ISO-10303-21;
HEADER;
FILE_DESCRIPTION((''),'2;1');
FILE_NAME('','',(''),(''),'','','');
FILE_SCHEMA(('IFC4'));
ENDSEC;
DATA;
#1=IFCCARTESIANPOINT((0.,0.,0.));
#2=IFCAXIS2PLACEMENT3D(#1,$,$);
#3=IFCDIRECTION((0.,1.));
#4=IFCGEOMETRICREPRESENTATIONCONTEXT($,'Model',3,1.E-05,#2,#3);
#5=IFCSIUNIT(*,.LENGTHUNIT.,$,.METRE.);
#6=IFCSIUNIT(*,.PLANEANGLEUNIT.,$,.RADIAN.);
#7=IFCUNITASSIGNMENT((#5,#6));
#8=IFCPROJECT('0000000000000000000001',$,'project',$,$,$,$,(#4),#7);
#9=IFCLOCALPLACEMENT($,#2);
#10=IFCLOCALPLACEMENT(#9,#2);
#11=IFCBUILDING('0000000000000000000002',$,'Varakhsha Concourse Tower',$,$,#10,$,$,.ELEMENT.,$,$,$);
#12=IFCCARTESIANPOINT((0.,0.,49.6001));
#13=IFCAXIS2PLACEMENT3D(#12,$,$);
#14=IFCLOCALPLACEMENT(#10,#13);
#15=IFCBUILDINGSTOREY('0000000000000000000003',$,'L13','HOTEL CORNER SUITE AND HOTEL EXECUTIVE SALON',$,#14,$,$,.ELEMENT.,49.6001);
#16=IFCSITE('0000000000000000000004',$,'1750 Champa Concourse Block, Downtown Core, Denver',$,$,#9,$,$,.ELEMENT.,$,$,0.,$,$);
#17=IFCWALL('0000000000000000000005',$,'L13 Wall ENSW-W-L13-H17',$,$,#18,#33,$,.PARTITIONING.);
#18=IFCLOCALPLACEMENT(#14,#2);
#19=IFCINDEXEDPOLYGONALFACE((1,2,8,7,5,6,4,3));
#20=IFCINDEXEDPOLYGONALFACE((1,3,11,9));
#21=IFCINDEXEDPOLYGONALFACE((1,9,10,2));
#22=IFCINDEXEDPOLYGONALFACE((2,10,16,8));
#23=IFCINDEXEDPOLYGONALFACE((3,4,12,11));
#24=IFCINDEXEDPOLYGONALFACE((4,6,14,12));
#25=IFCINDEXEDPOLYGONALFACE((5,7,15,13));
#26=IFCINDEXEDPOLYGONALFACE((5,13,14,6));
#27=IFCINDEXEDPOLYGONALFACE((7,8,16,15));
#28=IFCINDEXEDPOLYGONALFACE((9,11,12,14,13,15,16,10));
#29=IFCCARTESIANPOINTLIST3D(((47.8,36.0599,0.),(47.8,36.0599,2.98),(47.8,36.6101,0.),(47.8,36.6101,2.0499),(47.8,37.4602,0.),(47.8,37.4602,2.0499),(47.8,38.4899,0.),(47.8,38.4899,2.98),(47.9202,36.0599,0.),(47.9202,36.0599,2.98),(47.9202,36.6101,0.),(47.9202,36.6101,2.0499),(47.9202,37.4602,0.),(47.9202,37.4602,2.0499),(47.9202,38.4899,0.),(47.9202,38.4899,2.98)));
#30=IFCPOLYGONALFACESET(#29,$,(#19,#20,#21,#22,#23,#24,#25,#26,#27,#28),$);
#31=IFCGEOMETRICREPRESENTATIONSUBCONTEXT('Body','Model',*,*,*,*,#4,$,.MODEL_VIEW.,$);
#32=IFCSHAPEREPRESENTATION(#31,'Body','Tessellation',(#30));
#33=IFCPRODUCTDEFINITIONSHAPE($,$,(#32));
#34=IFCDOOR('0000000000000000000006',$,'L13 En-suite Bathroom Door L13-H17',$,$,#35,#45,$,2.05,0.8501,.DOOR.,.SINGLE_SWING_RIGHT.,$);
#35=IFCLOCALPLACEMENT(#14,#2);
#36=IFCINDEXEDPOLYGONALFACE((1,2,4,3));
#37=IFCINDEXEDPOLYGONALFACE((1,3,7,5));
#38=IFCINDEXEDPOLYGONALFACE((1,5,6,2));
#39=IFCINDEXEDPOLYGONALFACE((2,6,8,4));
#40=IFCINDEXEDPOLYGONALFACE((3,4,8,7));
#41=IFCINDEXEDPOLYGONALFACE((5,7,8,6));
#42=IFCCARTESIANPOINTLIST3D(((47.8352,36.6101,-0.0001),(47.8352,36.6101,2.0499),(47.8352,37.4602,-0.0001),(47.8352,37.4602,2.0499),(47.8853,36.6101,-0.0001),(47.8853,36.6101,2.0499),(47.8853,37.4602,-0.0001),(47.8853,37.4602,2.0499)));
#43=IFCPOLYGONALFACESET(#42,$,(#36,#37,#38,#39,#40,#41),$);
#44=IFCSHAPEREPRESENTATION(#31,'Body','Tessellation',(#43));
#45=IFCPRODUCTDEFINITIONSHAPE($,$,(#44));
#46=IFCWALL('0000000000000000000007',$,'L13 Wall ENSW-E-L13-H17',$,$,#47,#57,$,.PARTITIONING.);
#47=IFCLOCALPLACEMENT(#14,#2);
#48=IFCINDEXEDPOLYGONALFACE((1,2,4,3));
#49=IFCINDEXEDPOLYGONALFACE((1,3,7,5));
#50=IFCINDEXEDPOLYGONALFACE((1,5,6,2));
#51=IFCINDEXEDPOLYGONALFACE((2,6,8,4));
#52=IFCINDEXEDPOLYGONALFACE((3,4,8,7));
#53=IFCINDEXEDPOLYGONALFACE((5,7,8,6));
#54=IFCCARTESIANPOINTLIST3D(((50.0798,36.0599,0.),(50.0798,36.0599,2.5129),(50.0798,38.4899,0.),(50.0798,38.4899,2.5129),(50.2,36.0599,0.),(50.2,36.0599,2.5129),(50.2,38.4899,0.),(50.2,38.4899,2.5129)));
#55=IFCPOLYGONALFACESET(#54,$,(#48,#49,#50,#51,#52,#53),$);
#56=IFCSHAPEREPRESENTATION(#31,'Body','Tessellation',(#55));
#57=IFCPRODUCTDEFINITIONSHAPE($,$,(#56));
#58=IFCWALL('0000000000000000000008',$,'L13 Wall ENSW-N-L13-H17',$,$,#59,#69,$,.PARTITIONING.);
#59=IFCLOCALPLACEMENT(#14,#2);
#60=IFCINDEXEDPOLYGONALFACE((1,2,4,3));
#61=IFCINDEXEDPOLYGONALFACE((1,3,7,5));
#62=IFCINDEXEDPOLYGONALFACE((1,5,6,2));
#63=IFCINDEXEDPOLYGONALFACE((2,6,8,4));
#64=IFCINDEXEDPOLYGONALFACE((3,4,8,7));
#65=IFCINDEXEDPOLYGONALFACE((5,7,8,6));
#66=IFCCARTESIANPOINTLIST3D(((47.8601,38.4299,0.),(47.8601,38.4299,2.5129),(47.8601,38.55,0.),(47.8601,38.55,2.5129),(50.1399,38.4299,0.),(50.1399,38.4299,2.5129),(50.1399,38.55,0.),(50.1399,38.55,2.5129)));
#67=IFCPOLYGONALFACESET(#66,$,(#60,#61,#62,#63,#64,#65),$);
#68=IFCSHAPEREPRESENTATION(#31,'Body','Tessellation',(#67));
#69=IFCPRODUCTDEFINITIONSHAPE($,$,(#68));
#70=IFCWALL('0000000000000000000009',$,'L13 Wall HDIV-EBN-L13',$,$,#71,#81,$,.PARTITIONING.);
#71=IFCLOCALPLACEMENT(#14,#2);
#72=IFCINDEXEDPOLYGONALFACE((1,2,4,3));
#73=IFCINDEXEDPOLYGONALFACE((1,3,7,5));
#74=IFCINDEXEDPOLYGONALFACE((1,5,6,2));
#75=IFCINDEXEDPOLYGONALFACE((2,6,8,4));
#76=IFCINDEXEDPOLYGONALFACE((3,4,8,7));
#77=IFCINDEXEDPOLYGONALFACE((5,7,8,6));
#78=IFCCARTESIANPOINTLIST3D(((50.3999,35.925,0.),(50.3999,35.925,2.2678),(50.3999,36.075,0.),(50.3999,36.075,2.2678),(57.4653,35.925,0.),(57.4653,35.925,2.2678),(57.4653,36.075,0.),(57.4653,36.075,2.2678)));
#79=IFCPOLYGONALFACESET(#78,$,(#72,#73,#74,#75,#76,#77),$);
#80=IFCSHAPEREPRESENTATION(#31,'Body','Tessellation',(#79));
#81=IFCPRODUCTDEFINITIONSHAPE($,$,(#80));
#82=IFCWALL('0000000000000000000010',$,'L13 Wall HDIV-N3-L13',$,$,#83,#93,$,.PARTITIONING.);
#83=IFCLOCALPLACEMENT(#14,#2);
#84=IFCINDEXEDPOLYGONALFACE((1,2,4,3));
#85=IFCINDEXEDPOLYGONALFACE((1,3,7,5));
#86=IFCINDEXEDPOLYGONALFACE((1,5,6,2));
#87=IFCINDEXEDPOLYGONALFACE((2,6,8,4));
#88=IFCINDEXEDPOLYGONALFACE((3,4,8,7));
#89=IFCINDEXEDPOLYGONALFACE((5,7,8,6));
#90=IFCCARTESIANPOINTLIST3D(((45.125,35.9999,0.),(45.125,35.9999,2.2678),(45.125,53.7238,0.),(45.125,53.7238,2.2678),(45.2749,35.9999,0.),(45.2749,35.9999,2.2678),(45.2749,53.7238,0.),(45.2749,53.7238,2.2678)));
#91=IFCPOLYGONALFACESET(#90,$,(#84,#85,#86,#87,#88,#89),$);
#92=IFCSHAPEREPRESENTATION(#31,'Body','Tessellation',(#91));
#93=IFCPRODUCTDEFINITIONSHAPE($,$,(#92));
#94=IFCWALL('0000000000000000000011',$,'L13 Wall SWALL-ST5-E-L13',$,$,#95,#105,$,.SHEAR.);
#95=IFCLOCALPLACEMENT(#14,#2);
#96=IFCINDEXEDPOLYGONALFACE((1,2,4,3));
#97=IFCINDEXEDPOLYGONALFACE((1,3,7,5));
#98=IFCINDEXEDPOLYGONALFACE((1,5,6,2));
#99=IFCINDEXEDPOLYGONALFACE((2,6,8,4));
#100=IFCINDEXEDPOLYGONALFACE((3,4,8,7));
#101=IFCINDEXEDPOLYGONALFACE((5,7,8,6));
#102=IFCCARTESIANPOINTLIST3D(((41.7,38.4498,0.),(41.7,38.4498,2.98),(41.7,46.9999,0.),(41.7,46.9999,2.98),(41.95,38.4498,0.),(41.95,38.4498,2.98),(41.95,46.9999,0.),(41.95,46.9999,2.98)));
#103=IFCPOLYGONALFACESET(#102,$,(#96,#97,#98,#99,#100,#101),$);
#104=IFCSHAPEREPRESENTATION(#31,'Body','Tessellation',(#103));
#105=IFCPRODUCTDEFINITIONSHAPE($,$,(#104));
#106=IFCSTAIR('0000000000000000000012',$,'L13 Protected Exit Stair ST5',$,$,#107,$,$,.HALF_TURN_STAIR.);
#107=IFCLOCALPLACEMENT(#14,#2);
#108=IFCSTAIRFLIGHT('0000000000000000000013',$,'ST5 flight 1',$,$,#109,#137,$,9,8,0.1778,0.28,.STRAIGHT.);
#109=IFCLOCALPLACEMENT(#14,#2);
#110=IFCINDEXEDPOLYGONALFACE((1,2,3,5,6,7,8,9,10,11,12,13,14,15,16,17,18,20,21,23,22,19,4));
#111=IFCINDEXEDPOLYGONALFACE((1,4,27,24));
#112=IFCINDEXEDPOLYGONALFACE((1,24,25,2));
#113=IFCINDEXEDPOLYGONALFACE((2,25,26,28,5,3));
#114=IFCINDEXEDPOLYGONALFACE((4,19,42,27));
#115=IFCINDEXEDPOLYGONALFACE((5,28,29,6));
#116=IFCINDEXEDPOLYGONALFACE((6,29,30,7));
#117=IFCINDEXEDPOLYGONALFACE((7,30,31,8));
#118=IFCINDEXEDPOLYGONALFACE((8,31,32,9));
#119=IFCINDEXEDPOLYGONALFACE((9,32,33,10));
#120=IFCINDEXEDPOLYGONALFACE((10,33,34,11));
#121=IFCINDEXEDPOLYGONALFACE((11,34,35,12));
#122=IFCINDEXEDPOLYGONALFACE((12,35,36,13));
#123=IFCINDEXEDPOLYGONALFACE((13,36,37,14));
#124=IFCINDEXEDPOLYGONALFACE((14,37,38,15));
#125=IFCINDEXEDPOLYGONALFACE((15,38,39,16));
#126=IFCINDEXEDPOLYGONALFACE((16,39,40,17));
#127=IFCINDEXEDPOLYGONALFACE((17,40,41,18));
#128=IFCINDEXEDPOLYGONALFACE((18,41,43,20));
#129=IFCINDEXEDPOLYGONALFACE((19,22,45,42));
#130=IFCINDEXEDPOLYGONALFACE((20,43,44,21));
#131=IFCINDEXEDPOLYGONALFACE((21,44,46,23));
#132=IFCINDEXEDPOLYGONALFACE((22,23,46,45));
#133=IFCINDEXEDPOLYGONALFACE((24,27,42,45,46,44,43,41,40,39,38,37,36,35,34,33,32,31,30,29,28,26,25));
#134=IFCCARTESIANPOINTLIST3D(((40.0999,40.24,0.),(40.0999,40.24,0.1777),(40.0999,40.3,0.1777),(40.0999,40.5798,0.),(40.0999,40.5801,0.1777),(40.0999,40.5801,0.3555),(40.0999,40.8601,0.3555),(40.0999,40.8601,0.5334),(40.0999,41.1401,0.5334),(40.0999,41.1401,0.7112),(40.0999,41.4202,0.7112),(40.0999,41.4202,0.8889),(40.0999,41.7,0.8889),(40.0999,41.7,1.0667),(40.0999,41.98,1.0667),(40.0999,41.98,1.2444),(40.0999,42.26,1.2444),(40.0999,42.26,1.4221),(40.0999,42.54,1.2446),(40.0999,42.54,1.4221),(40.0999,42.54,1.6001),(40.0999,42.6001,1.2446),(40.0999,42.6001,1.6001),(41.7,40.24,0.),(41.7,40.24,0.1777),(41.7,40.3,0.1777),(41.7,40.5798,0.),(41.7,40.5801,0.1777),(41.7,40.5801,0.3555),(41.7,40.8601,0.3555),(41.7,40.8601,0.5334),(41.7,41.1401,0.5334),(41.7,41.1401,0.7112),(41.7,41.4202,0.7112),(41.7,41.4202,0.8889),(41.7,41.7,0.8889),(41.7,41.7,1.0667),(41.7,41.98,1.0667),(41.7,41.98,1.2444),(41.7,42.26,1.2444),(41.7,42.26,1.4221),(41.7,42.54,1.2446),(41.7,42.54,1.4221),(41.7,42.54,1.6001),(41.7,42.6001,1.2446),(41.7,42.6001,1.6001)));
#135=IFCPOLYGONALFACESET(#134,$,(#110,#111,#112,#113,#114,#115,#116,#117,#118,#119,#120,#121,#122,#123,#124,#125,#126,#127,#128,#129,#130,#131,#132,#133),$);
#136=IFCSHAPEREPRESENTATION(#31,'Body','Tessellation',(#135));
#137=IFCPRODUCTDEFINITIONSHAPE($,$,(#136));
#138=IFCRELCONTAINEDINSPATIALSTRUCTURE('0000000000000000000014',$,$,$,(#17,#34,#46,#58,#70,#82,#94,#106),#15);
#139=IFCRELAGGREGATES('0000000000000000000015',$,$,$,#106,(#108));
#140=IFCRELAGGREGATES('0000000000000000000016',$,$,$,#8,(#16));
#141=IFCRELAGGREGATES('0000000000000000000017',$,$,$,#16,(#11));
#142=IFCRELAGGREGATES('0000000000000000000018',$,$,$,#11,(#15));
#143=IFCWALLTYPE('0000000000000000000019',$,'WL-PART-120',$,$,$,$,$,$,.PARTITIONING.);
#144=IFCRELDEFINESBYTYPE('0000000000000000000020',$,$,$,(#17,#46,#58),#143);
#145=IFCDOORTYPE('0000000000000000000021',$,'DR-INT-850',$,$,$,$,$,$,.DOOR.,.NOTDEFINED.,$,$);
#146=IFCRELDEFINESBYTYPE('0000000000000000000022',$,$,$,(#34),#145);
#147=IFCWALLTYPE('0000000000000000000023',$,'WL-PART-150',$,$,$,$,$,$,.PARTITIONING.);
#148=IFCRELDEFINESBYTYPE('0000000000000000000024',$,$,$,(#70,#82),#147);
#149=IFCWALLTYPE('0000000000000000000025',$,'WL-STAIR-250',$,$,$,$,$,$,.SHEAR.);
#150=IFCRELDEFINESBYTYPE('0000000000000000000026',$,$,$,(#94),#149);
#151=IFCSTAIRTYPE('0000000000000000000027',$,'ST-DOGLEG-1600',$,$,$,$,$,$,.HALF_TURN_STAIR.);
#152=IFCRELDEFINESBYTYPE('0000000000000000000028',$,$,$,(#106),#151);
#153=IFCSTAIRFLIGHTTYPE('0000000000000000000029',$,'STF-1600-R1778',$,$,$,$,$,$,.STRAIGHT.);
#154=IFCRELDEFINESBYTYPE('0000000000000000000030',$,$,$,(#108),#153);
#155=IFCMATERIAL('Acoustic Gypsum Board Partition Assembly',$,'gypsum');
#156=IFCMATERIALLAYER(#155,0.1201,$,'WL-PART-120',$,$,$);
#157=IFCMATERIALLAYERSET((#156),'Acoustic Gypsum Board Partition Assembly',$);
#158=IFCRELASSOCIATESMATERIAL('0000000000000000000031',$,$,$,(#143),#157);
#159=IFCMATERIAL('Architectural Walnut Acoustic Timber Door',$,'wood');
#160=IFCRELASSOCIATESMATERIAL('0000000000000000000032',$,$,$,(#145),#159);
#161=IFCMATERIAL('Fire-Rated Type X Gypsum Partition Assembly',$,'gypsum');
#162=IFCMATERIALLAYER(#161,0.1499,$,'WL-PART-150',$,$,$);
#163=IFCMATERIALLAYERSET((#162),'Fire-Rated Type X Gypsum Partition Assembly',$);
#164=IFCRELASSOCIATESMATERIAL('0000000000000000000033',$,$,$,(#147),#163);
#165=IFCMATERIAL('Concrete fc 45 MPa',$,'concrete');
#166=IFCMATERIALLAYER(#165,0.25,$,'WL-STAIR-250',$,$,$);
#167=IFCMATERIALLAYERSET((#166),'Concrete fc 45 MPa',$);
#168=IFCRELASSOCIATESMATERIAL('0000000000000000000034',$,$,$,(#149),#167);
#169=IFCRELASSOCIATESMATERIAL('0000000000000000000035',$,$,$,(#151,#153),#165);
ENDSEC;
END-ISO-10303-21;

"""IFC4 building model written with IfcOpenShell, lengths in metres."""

from ifc_helpers import new_model, si_unit, direction, frame, frame_2d, origin, place, context, subcontext, project, spatial, polyline, rectangle, outline, extrude, material, layer, layer_set, type_object, element, fill, aggregate, save


model = new_model("IFC4")

# Units and contexts
model_context = context("Model", 3, precision=1e-05, world=origin(), true_north=direction((0.0, 1.0)))
body_context = subcontext(model_context, "Body", "Model", "MODEL_VIEW")
ifc_project = project(units=[si_unit("LENGTHUNIT", "METRE"), si_unit("PLANEANGLEUNIT", "RADIAN")], contexts=[model_context])

# Site, building, storey
site_placement = place(None, origin())
site = spatial("IfcSite", under=ifc_project, at=site_placement, Name="1750 Champa Concourse Block, Downtown Core, Denver", CompositionType="ELEMENT", RefElevation=0.0)
building_placement = place(site_placement, origin())
building = spatial("IfcBuilding", under=site, at=building_placement, Name="Varakhsha Concourse Tower", CompositionType="ELEMENT")
storey_placement = place(building_placement, frame((0.0, 0.0, 49.6001)))
storey = spatial("IfcBuildingStorey", under=building, at=storey_placement, Name="L13", Description="HOTEL CORNER SUITE AND HOTEL EXECUTIVE SALON", CompositionType="ELEMENT", Elevation=49.6001)

# Shared definitions
ifc_material_1 = material(Name="Acoustic Gypsum Board Partition Assembly", Category="gypsum")
ifc_layer_1 = layer(ifc_material_1, 0.1201, Name="WL-PART-120")
ifc_layer_set_1 = layer_set([ifc_layer_1], Name="Acoustic Gypsum Board Partition Assembly")
wall_type_1 = type_object("IfcWallType", Name="WL-PART-120", PredefinedType="PARTITIONING", material=ifc_layer_set_1)
ifc_material_2 = material(Name="Architectural Walnut Acoustic Timber Door", Category="wood")
door_type = type_object("IfcDoorType", Name="DR-INT-850", OperationType="NOTDEFINED", PredefinedType="DOOR", material=ifc_material_2)

# Wall, opening, door
wall_1_placement = place(storey_placement, frame((47.8601, 36.0601, 0.0), z_axis=(0.0, 0.0, 1.0), x_axis=(0.0, 1.0, 0.0)))
wall_1 = element("IfcWall", 1, at=wall_1_placement, inside=storey, type_object=wall_type_1, Name="L13 Wall ENSW-W-L13-H17", PredefinedType="PARTITIONING", context=body_context, shape_type="SweptSolid", body=[
    extrude(rectangle(XDim=2.4299, YDim=0.1201, at=frame_2d((1.2148, 0.0))), origin(), (0.0, 0.0, 1.0), 2.98),
])
opening_1_placement = place(wall_1_placement, frame((0.55, 0.0, 0.0)))
opening_1 = element("IfcOpeningElement", 2, at=opening_1_placement, cuts=wall_1, PredefinedType="OPENING", context=body_context, shape_type="SweptSolid", body=[
    extrude(rectangle(XDim=0.8501, YDim=2.05, at=frame_2d((0.425, 1.0249))), frame((0.0, 0.0701, 0.0), z_axis=(0.0, -1.0, 0.0), x_axis=(1.0, 0.0, 0.0)), (0.0, 0.0, 1.0), 0.1401),
])
door_1_placement = place(opening_1_placement, origin())
door_1 = element("IfcDoor", 3, at=door_1_placement, inside=storey, type_object=door_type, Name="L13 En-suite Bathroom Door L13-H17", OperationType="SINGLE_SWING_RIGHT", OverallHeight=2.05, OverallWidth=0.8501, PredefinedType="DOOR", context=body_context, shape_type="SweptSolid", body=[
    extrude(rectangle(XDim=0.8501, YDim=2.05, at=frame_2d((0.425, 1.0249))), frame((0.0, 0.0249, 0.0), z_axis=(0.0, -1.0, 0.0), x_axis=(1.0, 0.0, 0.0)), (0.0, 0.0, 1.0), 0.05),
])
fill(opening_1, door_1)

# Walls
wall_2_placement = place(storey_placement, frame((50.1399, 36.0601, 0.0), z_axis=(0.0, 0.0, 1.0), x_axis=(0.0, 1.0, 0.0)))
element("IfcWall", 4, at=wall_2_placement, inside=storey, type_object=wall_type_1, Name="L13 Wall ENSW-E-L13-H17", PredefinedType="PARTITIONING", context=body_context, shape_type="SweptSolid", body=[
    extrude(rectangle(XDim=2.4299, YDim=0.1201, at=frame_2d((1.2148, 0.0))), origin(), (0.0, 0.0, 1.0), 2.5129),
])
wall_3_placement = place(storey_placement, frame((47.8601, 38.49, 0.0), z_axis=(0.0, 0.0, 1.0), x_axis=(1.0, 0.0, 0.0)))
element("IfcWall", 5, at=wall_3_placement, inside=storey, type_object=wall_type_1, Name="L13 Wall ENSW-N-L13-H17", PredefinedType="PARTITIONING", context=body_context, shape_type="SweptSolid", body=[
    extrude(rectangle(XDim=2.2798, YDim=0.1201, at=frame_2d((1.1399, 0.0))), origin(), (0.0, 0.0, 1.0), 2.5129),
])
ifc_material_3 = material(Name="Fire-Rated Type X Gypsum Partition Assembly", Category="gypsum")
ifc_layer_2 = layer(ifc_material_3, 0.1499, Name="WL-PART-150")
ifc_layer_set_2 = layer_set([ifc_layer_2], Name="Fire-Rated Type X Gypsum Partition Assembly")
wall_type_2 = type_object("IfcWallType", Name="WL-PART-150", PredefinedType="PARTITIONING", material=ifc_layer_set_2)
wall_4_placement = place(storey_placement, frame((50.3999, 36.0, 0.0), z_axis=(0.0, 0.0, 1.0), x_axis=(1.0, 0.0, 0.0)))
element("IfcWall", 6, at=wall_4_placement, inside=storey, type_object=wall_type_2, Name="L13 Wall HDIV-EBN-L13", PredefinedType="PARTITIONING", context=body_context, shape_type="SweptSolid", body=[
    extrude(rectangle(XDim=7.0654, YDim=0.1499, at=frame_2d((3.5327, 0.0))), origin(), (0.0, 0.0, 1.0), 2.2678),
])
wall_5_placement = place(storey_placement, frame((45.2, 36.0, 0.0), z_axis=(0.0, 0.0, 1.0), x_axis=(0.0, 1.0, 0.0)))
element("IfcWall", 7, at=wall_5_placement, inside=storey, type_object=wall_type_2, Name="L13 Wall HDIV-N3-L13", PredefinedType="PARTITIONING", context=body_context, shape_type="SweptSolid", body=[
    extrude(rectangle(XDim=17.7239, YDim=0.1499, at=frame_2d((8.8618, 0.0))), origin(), (0.0, 0.0, 1.0), 2.2678),
])
ifc_material_4 = material(Name="Concrete fc 45 MPa", Category="concrete")
ifc_layer_3 = layer(ifc_material_4, 0.25, Name="WL-STAIR-250")
ifc_layer_set_3 = layer_set([ifc_layer_3], Name="Concrete fc 45 MPa")
wall_type_3 = type_object("IfcWallType", Name="WL-STAIR-250", PredefinedType="SHEAR", material=ifc_layer_set_3)
wall_6_placement = place(storey_placement, frame((41.825, 38.45, 0.0), z_axis=(0.0, 0.0, 1.0), x_axis=(0.0, 1.0, 0.0)))
element("IfcWall", 8, at=wall_6_placement, inside=storey, type_object=wall_type_3, Name="L13 Wall SWALL-ST5-E-L13", PredefinedType="SHEAR", context=body_context, shape_type="SweptSolid", body=[
    extrude(rectangle(XDim=8.55, YDim=0.25, at=frame_2d((4.2749, 0.0))), origin(), (0.0, 0.0, 1.0), 2.98),
])

# Stair, stair flight
stair_type = type_object("IfcStairType", Name="ST-DOGLEG-1600", PredefinedType="HALF_TURN_STAIR", material=ifc_material_4)
stair_placement = place(storey_placement, origin())
stair = element("IfcStair", 9, at=stair_placement, inside=storey, type_object=stair_type, Name="L13 Protected Exit Stair ST5", PredefinedType="HALF_TURN_STAIR")
stair_flight_type = type_object("IfcStairFlightType", Name="STF-1600-R1778", PredefinedType="STRAIGHT", material=ifc_material_4)
stair_flight_placement = place(storey_placement, frame((40.8999, 40.3, 0.0), z_axis=(0.0, 0.0, 1.0), x_axis=(0.0, 1.0, 0.0)))
stair_flight = element("IfcStairFlight", 10, at=stair_flight_placement, type_object=stair_flight_type, Name="ST5 flight 1", NumberOfRisers=9, NumberOfTreads=8, PredefinedType="STRAIGHT", RiserHeight=0.1778, TreadLength=0.28, context=body_context, shape_type="SweptSolid", body=[
    extrude(outline(polyline([(-0.0601, 0.0), (-0.0601, 0.1777), (0.0, 0.1777), (0.28, 0.1777), (0.28, 0.3555), (0.5601, 0.3555), (0.5601, 0.5334), (0.8401, 0.5334), (0.8401, 0.7112), (1.1201, 0.7112), (1.1201, 0.8889), (1.3999, 0.8889), (1.3999, 1.0667), (1.6799, 1.0667), (1.6799, 1.2444), (1.96, 1.2444), (1.96, 1.4221), (2.24, 1.4221), (2.24, 1.6001), (2.3, 1.6001), (2.3, 1.2446), (2.24, 1.2446), (0.2798, 0.0), (-0.0601, 0.0)])), frame((0.0, 0.8, 0.0), z_axis=(0.0, -1.0, 0.0), x_axis=(1.0, 0.0, 0.0)), (0.0, 0.0, 1.0), 1.6001),
])
aggregate(stair, [stair_flight])

save(model, "model.ifc")
